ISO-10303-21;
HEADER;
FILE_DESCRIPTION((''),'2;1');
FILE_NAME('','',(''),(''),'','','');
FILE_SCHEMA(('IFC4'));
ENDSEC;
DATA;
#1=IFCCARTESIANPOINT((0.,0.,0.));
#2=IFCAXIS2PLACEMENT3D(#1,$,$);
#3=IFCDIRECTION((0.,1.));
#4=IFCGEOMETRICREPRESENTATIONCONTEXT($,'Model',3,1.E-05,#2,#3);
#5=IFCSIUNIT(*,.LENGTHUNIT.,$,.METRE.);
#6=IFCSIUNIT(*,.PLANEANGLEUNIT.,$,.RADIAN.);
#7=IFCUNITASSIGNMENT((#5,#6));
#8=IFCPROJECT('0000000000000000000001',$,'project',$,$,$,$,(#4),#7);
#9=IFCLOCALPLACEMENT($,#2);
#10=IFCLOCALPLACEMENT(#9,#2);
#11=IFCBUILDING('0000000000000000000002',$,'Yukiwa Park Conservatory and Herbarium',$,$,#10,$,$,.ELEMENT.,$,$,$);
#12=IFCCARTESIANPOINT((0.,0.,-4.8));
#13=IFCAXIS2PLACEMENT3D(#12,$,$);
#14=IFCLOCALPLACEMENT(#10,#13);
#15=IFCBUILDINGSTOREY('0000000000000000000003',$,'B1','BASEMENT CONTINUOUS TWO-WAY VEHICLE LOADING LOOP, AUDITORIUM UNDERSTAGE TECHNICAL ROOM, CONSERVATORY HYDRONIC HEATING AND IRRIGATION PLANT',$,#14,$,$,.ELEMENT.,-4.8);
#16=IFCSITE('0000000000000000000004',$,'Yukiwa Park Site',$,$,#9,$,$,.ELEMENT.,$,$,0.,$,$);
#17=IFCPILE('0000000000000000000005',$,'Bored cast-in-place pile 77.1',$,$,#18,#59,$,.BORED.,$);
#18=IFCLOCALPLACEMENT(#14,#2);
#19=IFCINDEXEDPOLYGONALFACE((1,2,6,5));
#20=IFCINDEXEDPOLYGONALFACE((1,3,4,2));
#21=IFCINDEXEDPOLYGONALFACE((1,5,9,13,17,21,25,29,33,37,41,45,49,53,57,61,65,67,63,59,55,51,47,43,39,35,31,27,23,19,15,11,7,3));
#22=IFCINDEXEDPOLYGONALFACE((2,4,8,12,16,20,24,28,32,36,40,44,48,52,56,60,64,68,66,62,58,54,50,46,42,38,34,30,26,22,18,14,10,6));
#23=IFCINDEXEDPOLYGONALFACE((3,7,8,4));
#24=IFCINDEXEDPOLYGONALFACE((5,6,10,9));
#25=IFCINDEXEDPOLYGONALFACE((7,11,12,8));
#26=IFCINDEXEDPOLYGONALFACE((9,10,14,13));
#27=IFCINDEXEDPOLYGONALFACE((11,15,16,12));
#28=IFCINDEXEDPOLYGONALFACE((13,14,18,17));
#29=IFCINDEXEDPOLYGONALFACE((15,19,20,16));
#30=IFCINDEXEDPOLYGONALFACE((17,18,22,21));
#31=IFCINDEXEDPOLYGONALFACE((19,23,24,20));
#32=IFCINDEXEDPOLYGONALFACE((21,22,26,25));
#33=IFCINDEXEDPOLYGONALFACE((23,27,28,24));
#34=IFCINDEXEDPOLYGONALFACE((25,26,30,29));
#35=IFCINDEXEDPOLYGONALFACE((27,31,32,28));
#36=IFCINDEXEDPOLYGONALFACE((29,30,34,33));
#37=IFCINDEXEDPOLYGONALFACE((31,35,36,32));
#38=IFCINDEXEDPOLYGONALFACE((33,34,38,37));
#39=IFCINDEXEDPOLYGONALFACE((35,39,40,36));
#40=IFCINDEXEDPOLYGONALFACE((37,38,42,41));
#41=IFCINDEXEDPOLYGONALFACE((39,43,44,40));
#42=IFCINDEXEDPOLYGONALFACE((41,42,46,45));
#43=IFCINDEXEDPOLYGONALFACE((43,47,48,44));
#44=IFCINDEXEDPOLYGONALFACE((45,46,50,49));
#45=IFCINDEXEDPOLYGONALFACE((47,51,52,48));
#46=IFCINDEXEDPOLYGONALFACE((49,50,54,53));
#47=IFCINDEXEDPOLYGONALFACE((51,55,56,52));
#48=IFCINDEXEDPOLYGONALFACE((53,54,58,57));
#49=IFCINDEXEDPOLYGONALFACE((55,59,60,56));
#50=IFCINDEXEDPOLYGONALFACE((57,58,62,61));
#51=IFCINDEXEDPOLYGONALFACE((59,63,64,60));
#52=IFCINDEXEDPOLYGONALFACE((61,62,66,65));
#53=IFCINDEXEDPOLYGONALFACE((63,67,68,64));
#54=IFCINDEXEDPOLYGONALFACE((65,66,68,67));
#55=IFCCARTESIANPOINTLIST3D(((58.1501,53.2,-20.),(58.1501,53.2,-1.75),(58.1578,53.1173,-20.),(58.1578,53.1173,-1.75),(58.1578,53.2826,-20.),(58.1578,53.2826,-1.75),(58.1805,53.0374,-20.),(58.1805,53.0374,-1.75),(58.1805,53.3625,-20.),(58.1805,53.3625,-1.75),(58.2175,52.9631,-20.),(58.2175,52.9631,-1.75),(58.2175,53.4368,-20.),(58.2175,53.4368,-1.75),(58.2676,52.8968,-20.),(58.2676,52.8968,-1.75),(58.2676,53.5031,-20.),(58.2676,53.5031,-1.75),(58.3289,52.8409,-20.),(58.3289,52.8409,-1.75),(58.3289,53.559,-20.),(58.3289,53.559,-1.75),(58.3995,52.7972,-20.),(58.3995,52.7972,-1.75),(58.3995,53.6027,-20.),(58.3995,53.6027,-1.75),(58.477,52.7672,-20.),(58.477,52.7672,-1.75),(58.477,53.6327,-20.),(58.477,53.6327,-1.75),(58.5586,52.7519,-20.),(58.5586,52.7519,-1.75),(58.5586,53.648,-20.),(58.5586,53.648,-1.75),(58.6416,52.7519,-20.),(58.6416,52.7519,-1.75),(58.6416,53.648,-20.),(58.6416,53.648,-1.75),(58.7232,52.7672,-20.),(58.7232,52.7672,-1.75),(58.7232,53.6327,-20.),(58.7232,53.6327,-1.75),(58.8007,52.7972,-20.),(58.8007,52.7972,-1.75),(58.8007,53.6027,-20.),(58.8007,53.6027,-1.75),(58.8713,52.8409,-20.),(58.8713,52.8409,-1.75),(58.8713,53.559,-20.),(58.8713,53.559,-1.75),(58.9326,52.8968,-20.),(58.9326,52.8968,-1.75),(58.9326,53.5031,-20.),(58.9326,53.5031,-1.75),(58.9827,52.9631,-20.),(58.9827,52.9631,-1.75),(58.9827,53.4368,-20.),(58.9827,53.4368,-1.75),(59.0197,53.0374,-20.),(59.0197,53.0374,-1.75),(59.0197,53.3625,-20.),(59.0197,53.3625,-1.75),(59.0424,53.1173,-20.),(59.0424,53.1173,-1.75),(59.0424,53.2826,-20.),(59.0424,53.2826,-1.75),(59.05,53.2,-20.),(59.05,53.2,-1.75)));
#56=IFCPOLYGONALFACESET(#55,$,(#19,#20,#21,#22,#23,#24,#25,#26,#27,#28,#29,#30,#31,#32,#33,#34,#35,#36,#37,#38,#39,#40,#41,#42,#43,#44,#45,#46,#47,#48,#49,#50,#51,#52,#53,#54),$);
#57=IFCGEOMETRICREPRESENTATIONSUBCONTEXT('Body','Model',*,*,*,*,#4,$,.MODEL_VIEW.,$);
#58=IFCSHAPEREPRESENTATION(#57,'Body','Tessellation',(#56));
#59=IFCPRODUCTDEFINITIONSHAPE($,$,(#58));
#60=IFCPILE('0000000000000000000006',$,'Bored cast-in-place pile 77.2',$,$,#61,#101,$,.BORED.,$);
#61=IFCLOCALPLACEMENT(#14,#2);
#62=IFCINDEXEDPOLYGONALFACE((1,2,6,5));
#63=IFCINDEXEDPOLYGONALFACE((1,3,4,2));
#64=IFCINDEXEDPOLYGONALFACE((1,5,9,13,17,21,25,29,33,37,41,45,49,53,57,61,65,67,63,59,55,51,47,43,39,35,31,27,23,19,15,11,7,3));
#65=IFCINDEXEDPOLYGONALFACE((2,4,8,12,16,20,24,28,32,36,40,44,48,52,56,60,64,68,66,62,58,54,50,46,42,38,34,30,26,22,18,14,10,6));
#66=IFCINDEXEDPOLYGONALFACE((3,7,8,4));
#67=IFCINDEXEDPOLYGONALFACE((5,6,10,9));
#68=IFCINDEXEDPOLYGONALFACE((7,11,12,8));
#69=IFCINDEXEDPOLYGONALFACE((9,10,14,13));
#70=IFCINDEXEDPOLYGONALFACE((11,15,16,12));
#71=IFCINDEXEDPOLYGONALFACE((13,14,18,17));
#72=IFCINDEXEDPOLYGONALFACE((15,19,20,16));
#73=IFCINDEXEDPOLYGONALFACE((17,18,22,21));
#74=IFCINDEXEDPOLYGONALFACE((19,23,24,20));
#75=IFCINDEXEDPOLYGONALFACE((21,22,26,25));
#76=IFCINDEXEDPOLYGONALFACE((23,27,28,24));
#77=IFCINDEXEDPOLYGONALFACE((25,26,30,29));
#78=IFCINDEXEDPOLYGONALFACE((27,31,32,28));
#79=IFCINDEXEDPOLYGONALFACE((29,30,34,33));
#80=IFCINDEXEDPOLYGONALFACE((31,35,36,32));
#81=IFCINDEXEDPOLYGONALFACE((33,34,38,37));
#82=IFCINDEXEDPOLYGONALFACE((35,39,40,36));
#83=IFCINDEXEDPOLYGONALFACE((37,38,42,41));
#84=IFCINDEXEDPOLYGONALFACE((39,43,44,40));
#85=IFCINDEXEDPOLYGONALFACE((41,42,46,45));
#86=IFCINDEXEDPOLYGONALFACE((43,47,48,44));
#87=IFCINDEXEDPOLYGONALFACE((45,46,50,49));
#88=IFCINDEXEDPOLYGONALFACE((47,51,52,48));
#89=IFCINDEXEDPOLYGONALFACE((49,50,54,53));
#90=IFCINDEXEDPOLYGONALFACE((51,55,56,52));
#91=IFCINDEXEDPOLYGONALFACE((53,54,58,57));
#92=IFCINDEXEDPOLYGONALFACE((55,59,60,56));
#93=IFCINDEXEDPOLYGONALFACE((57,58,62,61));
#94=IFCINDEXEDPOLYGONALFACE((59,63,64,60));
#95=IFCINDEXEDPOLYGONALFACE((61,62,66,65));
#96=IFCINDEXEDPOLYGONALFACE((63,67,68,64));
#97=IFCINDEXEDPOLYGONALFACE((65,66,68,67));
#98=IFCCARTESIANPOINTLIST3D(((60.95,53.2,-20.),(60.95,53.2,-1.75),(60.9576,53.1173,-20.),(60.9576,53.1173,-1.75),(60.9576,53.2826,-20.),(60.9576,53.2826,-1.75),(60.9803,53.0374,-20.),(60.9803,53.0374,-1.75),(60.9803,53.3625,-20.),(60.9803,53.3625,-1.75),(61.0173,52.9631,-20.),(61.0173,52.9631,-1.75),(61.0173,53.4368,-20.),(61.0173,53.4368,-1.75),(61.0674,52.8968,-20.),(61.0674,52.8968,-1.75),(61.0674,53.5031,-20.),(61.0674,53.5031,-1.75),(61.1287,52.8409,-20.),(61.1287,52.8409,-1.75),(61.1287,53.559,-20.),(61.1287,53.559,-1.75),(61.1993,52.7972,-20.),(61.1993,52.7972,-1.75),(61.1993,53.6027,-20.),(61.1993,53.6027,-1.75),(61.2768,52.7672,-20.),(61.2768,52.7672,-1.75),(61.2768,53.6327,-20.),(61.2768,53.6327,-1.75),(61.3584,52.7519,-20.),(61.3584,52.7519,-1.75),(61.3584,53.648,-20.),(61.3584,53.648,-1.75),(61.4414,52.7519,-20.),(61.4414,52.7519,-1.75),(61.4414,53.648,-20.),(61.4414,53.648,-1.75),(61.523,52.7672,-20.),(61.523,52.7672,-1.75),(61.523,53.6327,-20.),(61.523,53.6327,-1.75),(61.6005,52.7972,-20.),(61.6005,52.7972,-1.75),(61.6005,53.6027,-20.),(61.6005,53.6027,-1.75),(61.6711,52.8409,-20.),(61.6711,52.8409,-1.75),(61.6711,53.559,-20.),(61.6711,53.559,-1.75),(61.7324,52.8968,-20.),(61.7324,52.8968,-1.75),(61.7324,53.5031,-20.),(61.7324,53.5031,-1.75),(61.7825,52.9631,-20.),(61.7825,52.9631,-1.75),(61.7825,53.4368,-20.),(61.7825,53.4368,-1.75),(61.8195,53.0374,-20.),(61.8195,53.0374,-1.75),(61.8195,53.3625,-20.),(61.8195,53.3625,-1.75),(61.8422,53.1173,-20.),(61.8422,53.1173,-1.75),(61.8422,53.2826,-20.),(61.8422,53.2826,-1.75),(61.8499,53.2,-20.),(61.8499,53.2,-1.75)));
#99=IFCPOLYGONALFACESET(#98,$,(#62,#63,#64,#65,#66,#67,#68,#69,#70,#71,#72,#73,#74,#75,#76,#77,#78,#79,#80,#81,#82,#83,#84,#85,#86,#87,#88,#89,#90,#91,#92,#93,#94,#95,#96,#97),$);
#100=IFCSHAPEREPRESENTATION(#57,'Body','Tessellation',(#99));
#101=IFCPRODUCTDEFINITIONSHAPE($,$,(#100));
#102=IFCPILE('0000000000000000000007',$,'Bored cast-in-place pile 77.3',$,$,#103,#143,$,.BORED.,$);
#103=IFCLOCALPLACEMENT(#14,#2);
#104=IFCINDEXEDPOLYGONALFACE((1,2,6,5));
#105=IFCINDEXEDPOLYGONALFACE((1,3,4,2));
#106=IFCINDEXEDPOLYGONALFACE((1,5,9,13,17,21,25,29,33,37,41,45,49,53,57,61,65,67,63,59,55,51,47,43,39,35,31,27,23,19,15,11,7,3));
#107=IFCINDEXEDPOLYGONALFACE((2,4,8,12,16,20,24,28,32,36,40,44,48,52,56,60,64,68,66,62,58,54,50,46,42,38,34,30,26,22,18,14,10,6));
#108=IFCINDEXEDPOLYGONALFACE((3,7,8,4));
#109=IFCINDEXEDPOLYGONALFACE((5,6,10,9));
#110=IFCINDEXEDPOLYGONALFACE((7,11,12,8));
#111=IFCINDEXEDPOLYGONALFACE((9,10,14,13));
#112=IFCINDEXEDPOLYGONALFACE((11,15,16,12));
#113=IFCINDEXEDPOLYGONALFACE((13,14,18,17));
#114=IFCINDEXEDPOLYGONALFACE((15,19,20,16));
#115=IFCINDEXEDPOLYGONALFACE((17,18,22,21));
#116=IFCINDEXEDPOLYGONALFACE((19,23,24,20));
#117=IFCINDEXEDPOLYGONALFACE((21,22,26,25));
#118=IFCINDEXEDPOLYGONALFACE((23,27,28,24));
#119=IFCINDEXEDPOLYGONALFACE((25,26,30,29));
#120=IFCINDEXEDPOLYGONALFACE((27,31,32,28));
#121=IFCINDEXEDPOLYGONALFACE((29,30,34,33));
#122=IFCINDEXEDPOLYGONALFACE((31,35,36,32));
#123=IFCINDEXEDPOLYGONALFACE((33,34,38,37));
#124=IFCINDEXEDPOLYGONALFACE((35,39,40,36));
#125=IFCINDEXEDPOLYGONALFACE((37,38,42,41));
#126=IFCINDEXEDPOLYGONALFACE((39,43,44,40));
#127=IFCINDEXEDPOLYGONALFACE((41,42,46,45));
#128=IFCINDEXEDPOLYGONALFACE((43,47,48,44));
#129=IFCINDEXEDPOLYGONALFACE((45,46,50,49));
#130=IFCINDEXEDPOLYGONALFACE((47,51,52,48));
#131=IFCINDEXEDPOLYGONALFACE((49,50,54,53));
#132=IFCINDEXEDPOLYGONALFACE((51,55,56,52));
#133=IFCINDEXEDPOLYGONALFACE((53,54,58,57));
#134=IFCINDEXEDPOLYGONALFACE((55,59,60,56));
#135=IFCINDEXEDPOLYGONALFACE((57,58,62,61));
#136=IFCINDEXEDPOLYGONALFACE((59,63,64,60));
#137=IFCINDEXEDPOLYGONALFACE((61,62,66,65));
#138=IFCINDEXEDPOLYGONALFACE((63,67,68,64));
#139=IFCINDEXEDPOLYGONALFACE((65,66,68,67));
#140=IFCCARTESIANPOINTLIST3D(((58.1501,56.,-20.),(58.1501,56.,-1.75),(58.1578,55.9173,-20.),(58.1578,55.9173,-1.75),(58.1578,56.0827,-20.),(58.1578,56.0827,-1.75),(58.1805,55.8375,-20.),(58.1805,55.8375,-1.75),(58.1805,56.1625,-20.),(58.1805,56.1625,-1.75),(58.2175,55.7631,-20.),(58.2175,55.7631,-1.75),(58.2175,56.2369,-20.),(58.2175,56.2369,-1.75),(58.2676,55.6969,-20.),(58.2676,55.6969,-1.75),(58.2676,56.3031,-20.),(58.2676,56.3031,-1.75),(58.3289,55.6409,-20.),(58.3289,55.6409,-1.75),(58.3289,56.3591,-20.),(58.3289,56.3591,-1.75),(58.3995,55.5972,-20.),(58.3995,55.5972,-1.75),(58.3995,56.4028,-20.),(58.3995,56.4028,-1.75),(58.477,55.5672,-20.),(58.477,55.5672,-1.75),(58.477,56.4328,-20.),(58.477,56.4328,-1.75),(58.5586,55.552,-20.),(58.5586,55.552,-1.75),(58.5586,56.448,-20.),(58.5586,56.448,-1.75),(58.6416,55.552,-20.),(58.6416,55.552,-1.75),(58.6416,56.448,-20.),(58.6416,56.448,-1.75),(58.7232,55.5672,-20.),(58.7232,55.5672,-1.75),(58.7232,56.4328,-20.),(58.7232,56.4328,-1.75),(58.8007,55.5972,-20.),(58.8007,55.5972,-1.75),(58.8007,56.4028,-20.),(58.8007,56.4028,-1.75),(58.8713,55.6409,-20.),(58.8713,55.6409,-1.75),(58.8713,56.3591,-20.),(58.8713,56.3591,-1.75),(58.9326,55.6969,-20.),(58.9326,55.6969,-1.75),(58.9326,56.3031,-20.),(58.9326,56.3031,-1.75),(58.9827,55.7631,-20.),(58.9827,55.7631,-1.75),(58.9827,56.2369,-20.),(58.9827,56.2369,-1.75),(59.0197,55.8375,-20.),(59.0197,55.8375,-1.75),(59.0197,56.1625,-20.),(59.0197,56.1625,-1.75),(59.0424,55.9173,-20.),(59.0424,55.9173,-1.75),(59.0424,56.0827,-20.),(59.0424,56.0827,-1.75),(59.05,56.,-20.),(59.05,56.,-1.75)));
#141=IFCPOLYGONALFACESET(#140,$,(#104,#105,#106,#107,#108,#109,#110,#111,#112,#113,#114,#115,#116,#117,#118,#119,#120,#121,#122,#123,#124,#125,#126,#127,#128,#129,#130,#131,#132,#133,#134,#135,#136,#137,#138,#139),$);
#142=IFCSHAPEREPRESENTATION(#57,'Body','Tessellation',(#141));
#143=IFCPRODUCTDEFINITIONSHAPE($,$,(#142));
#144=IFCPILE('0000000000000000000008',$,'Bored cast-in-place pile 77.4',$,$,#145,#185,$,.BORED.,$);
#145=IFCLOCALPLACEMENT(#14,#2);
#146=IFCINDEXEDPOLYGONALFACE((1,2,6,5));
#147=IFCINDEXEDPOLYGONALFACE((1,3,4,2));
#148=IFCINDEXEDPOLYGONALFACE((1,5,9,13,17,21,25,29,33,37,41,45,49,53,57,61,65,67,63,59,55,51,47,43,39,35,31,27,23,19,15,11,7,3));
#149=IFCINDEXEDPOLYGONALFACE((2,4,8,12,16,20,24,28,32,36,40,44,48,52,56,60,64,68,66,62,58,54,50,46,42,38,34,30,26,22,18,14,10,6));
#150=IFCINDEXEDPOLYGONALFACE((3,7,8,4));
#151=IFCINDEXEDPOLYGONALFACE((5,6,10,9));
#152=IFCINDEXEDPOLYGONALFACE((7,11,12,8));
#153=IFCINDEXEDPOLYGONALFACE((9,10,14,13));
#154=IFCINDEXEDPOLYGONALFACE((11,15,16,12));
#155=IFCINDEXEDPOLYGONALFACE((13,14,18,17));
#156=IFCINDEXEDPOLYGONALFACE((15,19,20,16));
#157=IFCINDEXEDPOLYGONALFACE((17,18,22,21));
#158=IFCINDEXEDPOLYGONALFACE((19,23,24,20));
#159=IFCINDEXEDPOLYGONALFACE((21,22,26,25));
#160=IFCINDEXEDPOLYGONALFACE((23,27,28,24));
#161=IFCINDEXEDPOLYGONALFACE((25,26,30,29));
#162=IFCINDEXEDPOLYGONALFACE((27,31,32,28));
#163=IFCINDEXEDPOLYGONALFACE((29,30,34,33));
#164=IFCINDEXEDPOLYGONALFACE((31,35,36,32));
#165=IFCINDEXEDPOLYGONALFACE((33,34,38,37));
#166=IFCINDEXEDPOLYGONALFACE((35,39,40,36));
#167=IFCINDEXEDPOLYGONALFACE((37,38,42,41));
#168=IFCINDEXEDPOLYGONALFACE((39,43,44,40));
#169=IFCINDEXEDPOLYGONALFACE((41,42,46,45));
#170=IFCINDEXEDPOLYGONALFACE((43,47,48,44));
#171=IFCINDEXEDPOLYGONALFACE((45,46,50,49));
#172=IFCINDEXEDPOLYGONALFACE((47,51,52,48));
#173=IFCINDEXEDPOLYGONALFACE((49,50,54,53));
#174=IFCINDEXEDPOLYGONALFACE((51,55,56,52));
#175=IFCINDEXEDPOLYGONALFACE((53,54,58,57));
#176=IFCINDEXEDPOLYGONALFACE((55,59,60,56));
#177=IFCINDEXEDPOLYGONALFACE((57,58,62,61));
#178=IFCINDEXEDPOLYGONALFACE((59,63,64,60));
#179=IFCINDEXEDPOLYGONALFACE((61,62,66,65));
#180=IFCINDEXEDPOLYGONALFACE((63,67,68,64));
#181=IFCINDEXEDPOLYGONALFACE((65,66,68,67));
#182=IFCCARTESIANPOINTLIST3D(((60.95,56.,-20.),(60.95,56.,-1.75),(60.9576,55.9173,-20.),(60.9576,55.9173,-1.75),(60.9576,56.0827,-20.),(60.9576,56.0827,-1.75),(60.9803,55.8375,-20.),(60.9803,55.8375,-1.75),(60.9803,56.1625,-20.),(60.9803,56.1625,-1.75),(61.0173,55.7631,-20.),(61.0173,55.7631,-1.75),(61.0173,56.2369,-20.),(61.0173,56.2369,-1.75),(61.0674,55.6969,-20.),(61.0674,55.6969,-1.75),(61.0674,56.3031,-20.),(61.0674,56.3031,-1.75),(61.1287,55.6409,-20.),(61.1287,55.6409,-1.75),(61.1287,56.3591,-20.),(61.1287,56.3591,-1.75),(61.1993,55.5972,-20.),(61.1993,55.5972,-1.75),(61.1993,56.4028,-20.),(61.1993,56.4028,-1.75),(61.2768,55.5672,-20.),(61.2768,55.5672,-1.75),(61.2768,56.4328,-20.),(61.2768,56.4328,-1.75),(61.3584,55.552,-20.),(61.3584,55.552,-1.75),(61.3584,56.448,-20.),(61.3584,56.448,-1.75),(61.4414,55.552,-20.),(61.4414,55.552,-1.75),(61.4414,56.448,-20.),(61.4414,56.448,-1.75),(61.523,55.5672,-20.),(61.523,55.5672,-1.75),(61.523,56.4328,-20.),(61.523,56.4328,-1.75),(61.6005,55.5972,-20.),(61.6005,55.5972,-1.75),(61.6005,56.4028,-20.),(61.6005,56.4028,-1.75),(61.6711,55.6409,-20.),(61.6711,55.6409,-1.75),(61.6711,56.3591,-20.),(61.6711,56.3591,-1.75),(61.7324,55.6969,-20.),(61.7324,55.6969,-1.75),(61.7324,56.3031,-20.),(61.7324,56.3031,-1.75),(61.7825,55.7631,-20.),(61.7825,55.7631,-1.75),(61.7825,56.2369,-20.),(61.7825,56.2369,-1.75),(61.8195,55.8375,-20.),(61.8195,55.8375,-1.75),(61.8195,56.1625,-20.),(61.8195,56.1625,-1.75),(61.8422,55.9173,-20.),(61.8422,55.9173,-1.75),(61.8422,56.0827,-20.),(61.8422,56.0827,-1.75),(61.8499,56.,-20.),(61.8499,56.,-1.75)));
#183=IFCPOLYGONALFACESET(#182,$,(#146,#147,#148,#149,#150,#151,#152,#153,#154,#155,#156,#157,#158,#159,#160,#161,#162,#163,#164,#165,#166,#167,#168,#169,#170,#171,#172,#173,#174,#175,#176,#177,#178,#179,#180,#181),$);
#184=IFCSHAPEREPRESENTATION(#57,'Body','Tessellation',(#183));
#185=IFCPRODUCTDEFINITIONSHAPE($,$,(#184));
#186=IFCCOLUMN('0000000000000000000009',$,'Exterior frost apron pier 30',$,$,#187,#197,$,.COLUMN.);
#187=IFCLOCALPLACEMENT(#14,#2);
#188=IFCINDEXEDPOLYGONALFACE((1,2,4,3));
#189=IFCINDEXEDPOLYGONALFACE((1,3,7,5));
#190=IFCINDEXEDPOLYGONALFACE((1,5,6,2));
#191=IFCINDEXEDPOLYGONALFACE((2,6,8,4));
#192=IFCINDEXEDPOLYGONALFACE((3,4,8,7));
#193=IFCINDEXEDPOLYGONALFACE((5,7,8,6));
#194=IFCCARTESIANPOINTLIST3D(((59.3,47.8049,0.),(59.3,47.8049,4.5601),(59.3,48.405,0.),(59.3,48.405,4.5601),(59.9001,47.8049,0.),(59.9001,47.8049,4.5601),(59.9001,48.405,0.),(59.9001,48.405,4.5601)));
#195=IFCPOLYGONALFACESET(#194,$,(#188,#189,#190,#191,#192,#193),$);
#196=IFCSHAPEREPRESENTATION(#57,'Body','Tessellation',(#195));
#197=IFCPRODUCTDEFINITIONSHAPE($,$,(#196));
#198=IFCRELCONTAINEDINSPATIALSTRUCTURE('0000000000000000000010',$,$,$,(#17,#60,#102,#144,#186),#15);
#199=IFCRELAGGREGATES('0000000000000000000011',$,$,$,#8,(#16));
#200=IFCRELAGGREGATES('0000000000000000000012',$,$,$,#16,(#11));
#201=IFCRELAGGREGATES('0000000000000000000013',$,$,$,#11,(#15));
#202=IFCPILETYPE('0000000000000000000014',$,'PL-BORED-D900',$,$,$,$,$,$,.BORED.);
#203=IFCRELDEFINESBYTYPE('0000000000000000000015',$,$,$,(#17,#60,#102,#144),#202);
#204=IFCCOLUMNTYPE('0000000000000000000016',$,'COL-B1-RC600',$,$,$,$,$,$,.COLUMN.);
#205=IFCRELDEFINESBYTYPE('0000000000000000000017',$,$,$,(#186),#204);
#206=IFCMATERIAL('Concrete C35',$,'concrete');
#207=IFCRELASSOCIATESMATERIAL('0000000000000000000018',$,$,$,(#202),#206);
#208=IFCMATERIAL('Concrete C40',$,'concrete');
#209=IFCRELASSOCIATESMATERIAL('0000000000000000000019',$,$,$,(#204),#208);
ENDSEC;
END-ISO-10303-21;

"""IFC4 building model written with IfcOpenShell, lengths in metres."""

from ifc_helpers import new_model, si_unit, direction, frame, origin, origin_2d, place, context, subcontext, project, spatial, rectangle, circle, extrude, material, material_profile, profile_set, type_object, element, save


model = new_model("IFC4")

# Units and contexts
model_context = context("Model", 3, precision=1e-05, world=origin(), true_north=direction((0.0, 1.0)))
body_context = subcontext(model_context, "Body", "Model", "MODEL_VIEW")
ifc_project = project(units=[si_unit("LENGTHUNIT", "METRE"), si_unit("PLANEANGLEUNIT", "RADIAN")], contexts=[model_context])

# Site, building, storey
site_placement = place(None, origin())
site = spatial("IfcSite", under=ifc_project, at=site_placement, Name="Yukiwa Park Site", CompositionType="ELEMENT", RefElevation=0.0)
building_placement = place(site_placement, origin())
building = spatial("IfcBuilding", under=site, at=building_placement, Name="Yukiwa Park Conservatory and Herbarium", CompositionType="ELEMENT")
storey_placement = place(building_placement, frame((0.0, 0.0, -4.8)))
storey = spatial("IfcBuildingStorey", under=building, at=storey_placement, Name="B1", Description="BASEMENT CONTINUOUS TWO-WAY VEHICLE LOADING LOOP, AUDITORIUM UNDERSTAGE TECHNICAL ROOM, CONSERVATORY HYDRONIC HEATING AND IRRIGATION PLANT", CompositionType="ELEMENT", Elevation=-4.8)

# Piles
ifc_material_1 = material(Name="Concrete C35", Category="concrete")
ifc_material_profile_1 = material_profile(ifc_material_1, circle(Radius=0.45, at=origin_2d()), Name="PILE D900")
ifc_profile_set_1 = profile_set([ifc_material_profile_1], Name="Concrete C35")
pile_type_1 = type_object("IfcPileType", Name="PL-BORED-D900", PredefinedType="BORED", material=ifc_profile_set_1)
for number, where, z_axis, x_axis, name in (
    (1, (58.6001, 53.2, -1.75), (0.0, 0.0, -1.0), (1.0, 0.0, 0.0), "Bored cast-in-place pile 77.1"),
    (2, (61.3999, 53.2, -1.75), (0.0, 0.0, -1.0), (1.0, 0.0, 0.0), "Bored cast-in-place pile 77.2"),
    (3, (58.6001, 56.0, -1.75), (0.0, 0.0, -1.0), (1.0, 0.0, 0.0), "Bored cast-in-place pile 77.3"),
    (4, (61.3999, 56.0, -1.75), (0.0, 0.0, -1.0), (1.0, 0.0, 0.0), "Bored cast-in-place pile 77.4"),
):
    element("IfcPile", number, at=place(storey_placement, frame(where, z_axis=z_axis, x_axis=x_axis)), inside=storey, type_object=pile_type_1, Name=name, PredefinedType="BORED", context=body_context, shape_type="SweptSolid", body=[
        extrude(circle(Radius=0.45, at=origin_2d()), origin(), (0.0, 0.0, 1.0), 18.25),
    ])

# Column
ifc_material_2 = material(Name="Concrete C40", Category="concrete")
ifc_material_profile_2 = material_profile(ifc_material_2, rectangle(XDim=0.6001, YDim=0.6001, at=origin_2d()), Name="RC 600x600")
ifc_profile_set_2 = profile_set([ifc_material_profile_2], Name="Concrete C40")
column_type_1 = type_object("IfcColumnType", Name="COL-B1-RC600", PredefinedType="COLUMN", material=ifc_profile_set_2)
column_placement = place(storey_placement, frame((59.6001, 48.105, 0.0), z_axis=(0.0, 0.0, 1.0), x_axis=(1.0, 0.0, 0.0)))
element("IfcColumn", 5, at=column_placement, inside=storey, type_object=column_type_1, Name="Exterior frost apron pier 30", PredefinedType="COLUMN", context=body_context, shape_type="SweptSolid", body=[
    extrude(rectangle(XDim=0.6001, YDim=0.6001, at=origin_2d()), origin(), (0.0, 0.0, 1.0), 4.5601),
])

save(model, "model.ifc")
